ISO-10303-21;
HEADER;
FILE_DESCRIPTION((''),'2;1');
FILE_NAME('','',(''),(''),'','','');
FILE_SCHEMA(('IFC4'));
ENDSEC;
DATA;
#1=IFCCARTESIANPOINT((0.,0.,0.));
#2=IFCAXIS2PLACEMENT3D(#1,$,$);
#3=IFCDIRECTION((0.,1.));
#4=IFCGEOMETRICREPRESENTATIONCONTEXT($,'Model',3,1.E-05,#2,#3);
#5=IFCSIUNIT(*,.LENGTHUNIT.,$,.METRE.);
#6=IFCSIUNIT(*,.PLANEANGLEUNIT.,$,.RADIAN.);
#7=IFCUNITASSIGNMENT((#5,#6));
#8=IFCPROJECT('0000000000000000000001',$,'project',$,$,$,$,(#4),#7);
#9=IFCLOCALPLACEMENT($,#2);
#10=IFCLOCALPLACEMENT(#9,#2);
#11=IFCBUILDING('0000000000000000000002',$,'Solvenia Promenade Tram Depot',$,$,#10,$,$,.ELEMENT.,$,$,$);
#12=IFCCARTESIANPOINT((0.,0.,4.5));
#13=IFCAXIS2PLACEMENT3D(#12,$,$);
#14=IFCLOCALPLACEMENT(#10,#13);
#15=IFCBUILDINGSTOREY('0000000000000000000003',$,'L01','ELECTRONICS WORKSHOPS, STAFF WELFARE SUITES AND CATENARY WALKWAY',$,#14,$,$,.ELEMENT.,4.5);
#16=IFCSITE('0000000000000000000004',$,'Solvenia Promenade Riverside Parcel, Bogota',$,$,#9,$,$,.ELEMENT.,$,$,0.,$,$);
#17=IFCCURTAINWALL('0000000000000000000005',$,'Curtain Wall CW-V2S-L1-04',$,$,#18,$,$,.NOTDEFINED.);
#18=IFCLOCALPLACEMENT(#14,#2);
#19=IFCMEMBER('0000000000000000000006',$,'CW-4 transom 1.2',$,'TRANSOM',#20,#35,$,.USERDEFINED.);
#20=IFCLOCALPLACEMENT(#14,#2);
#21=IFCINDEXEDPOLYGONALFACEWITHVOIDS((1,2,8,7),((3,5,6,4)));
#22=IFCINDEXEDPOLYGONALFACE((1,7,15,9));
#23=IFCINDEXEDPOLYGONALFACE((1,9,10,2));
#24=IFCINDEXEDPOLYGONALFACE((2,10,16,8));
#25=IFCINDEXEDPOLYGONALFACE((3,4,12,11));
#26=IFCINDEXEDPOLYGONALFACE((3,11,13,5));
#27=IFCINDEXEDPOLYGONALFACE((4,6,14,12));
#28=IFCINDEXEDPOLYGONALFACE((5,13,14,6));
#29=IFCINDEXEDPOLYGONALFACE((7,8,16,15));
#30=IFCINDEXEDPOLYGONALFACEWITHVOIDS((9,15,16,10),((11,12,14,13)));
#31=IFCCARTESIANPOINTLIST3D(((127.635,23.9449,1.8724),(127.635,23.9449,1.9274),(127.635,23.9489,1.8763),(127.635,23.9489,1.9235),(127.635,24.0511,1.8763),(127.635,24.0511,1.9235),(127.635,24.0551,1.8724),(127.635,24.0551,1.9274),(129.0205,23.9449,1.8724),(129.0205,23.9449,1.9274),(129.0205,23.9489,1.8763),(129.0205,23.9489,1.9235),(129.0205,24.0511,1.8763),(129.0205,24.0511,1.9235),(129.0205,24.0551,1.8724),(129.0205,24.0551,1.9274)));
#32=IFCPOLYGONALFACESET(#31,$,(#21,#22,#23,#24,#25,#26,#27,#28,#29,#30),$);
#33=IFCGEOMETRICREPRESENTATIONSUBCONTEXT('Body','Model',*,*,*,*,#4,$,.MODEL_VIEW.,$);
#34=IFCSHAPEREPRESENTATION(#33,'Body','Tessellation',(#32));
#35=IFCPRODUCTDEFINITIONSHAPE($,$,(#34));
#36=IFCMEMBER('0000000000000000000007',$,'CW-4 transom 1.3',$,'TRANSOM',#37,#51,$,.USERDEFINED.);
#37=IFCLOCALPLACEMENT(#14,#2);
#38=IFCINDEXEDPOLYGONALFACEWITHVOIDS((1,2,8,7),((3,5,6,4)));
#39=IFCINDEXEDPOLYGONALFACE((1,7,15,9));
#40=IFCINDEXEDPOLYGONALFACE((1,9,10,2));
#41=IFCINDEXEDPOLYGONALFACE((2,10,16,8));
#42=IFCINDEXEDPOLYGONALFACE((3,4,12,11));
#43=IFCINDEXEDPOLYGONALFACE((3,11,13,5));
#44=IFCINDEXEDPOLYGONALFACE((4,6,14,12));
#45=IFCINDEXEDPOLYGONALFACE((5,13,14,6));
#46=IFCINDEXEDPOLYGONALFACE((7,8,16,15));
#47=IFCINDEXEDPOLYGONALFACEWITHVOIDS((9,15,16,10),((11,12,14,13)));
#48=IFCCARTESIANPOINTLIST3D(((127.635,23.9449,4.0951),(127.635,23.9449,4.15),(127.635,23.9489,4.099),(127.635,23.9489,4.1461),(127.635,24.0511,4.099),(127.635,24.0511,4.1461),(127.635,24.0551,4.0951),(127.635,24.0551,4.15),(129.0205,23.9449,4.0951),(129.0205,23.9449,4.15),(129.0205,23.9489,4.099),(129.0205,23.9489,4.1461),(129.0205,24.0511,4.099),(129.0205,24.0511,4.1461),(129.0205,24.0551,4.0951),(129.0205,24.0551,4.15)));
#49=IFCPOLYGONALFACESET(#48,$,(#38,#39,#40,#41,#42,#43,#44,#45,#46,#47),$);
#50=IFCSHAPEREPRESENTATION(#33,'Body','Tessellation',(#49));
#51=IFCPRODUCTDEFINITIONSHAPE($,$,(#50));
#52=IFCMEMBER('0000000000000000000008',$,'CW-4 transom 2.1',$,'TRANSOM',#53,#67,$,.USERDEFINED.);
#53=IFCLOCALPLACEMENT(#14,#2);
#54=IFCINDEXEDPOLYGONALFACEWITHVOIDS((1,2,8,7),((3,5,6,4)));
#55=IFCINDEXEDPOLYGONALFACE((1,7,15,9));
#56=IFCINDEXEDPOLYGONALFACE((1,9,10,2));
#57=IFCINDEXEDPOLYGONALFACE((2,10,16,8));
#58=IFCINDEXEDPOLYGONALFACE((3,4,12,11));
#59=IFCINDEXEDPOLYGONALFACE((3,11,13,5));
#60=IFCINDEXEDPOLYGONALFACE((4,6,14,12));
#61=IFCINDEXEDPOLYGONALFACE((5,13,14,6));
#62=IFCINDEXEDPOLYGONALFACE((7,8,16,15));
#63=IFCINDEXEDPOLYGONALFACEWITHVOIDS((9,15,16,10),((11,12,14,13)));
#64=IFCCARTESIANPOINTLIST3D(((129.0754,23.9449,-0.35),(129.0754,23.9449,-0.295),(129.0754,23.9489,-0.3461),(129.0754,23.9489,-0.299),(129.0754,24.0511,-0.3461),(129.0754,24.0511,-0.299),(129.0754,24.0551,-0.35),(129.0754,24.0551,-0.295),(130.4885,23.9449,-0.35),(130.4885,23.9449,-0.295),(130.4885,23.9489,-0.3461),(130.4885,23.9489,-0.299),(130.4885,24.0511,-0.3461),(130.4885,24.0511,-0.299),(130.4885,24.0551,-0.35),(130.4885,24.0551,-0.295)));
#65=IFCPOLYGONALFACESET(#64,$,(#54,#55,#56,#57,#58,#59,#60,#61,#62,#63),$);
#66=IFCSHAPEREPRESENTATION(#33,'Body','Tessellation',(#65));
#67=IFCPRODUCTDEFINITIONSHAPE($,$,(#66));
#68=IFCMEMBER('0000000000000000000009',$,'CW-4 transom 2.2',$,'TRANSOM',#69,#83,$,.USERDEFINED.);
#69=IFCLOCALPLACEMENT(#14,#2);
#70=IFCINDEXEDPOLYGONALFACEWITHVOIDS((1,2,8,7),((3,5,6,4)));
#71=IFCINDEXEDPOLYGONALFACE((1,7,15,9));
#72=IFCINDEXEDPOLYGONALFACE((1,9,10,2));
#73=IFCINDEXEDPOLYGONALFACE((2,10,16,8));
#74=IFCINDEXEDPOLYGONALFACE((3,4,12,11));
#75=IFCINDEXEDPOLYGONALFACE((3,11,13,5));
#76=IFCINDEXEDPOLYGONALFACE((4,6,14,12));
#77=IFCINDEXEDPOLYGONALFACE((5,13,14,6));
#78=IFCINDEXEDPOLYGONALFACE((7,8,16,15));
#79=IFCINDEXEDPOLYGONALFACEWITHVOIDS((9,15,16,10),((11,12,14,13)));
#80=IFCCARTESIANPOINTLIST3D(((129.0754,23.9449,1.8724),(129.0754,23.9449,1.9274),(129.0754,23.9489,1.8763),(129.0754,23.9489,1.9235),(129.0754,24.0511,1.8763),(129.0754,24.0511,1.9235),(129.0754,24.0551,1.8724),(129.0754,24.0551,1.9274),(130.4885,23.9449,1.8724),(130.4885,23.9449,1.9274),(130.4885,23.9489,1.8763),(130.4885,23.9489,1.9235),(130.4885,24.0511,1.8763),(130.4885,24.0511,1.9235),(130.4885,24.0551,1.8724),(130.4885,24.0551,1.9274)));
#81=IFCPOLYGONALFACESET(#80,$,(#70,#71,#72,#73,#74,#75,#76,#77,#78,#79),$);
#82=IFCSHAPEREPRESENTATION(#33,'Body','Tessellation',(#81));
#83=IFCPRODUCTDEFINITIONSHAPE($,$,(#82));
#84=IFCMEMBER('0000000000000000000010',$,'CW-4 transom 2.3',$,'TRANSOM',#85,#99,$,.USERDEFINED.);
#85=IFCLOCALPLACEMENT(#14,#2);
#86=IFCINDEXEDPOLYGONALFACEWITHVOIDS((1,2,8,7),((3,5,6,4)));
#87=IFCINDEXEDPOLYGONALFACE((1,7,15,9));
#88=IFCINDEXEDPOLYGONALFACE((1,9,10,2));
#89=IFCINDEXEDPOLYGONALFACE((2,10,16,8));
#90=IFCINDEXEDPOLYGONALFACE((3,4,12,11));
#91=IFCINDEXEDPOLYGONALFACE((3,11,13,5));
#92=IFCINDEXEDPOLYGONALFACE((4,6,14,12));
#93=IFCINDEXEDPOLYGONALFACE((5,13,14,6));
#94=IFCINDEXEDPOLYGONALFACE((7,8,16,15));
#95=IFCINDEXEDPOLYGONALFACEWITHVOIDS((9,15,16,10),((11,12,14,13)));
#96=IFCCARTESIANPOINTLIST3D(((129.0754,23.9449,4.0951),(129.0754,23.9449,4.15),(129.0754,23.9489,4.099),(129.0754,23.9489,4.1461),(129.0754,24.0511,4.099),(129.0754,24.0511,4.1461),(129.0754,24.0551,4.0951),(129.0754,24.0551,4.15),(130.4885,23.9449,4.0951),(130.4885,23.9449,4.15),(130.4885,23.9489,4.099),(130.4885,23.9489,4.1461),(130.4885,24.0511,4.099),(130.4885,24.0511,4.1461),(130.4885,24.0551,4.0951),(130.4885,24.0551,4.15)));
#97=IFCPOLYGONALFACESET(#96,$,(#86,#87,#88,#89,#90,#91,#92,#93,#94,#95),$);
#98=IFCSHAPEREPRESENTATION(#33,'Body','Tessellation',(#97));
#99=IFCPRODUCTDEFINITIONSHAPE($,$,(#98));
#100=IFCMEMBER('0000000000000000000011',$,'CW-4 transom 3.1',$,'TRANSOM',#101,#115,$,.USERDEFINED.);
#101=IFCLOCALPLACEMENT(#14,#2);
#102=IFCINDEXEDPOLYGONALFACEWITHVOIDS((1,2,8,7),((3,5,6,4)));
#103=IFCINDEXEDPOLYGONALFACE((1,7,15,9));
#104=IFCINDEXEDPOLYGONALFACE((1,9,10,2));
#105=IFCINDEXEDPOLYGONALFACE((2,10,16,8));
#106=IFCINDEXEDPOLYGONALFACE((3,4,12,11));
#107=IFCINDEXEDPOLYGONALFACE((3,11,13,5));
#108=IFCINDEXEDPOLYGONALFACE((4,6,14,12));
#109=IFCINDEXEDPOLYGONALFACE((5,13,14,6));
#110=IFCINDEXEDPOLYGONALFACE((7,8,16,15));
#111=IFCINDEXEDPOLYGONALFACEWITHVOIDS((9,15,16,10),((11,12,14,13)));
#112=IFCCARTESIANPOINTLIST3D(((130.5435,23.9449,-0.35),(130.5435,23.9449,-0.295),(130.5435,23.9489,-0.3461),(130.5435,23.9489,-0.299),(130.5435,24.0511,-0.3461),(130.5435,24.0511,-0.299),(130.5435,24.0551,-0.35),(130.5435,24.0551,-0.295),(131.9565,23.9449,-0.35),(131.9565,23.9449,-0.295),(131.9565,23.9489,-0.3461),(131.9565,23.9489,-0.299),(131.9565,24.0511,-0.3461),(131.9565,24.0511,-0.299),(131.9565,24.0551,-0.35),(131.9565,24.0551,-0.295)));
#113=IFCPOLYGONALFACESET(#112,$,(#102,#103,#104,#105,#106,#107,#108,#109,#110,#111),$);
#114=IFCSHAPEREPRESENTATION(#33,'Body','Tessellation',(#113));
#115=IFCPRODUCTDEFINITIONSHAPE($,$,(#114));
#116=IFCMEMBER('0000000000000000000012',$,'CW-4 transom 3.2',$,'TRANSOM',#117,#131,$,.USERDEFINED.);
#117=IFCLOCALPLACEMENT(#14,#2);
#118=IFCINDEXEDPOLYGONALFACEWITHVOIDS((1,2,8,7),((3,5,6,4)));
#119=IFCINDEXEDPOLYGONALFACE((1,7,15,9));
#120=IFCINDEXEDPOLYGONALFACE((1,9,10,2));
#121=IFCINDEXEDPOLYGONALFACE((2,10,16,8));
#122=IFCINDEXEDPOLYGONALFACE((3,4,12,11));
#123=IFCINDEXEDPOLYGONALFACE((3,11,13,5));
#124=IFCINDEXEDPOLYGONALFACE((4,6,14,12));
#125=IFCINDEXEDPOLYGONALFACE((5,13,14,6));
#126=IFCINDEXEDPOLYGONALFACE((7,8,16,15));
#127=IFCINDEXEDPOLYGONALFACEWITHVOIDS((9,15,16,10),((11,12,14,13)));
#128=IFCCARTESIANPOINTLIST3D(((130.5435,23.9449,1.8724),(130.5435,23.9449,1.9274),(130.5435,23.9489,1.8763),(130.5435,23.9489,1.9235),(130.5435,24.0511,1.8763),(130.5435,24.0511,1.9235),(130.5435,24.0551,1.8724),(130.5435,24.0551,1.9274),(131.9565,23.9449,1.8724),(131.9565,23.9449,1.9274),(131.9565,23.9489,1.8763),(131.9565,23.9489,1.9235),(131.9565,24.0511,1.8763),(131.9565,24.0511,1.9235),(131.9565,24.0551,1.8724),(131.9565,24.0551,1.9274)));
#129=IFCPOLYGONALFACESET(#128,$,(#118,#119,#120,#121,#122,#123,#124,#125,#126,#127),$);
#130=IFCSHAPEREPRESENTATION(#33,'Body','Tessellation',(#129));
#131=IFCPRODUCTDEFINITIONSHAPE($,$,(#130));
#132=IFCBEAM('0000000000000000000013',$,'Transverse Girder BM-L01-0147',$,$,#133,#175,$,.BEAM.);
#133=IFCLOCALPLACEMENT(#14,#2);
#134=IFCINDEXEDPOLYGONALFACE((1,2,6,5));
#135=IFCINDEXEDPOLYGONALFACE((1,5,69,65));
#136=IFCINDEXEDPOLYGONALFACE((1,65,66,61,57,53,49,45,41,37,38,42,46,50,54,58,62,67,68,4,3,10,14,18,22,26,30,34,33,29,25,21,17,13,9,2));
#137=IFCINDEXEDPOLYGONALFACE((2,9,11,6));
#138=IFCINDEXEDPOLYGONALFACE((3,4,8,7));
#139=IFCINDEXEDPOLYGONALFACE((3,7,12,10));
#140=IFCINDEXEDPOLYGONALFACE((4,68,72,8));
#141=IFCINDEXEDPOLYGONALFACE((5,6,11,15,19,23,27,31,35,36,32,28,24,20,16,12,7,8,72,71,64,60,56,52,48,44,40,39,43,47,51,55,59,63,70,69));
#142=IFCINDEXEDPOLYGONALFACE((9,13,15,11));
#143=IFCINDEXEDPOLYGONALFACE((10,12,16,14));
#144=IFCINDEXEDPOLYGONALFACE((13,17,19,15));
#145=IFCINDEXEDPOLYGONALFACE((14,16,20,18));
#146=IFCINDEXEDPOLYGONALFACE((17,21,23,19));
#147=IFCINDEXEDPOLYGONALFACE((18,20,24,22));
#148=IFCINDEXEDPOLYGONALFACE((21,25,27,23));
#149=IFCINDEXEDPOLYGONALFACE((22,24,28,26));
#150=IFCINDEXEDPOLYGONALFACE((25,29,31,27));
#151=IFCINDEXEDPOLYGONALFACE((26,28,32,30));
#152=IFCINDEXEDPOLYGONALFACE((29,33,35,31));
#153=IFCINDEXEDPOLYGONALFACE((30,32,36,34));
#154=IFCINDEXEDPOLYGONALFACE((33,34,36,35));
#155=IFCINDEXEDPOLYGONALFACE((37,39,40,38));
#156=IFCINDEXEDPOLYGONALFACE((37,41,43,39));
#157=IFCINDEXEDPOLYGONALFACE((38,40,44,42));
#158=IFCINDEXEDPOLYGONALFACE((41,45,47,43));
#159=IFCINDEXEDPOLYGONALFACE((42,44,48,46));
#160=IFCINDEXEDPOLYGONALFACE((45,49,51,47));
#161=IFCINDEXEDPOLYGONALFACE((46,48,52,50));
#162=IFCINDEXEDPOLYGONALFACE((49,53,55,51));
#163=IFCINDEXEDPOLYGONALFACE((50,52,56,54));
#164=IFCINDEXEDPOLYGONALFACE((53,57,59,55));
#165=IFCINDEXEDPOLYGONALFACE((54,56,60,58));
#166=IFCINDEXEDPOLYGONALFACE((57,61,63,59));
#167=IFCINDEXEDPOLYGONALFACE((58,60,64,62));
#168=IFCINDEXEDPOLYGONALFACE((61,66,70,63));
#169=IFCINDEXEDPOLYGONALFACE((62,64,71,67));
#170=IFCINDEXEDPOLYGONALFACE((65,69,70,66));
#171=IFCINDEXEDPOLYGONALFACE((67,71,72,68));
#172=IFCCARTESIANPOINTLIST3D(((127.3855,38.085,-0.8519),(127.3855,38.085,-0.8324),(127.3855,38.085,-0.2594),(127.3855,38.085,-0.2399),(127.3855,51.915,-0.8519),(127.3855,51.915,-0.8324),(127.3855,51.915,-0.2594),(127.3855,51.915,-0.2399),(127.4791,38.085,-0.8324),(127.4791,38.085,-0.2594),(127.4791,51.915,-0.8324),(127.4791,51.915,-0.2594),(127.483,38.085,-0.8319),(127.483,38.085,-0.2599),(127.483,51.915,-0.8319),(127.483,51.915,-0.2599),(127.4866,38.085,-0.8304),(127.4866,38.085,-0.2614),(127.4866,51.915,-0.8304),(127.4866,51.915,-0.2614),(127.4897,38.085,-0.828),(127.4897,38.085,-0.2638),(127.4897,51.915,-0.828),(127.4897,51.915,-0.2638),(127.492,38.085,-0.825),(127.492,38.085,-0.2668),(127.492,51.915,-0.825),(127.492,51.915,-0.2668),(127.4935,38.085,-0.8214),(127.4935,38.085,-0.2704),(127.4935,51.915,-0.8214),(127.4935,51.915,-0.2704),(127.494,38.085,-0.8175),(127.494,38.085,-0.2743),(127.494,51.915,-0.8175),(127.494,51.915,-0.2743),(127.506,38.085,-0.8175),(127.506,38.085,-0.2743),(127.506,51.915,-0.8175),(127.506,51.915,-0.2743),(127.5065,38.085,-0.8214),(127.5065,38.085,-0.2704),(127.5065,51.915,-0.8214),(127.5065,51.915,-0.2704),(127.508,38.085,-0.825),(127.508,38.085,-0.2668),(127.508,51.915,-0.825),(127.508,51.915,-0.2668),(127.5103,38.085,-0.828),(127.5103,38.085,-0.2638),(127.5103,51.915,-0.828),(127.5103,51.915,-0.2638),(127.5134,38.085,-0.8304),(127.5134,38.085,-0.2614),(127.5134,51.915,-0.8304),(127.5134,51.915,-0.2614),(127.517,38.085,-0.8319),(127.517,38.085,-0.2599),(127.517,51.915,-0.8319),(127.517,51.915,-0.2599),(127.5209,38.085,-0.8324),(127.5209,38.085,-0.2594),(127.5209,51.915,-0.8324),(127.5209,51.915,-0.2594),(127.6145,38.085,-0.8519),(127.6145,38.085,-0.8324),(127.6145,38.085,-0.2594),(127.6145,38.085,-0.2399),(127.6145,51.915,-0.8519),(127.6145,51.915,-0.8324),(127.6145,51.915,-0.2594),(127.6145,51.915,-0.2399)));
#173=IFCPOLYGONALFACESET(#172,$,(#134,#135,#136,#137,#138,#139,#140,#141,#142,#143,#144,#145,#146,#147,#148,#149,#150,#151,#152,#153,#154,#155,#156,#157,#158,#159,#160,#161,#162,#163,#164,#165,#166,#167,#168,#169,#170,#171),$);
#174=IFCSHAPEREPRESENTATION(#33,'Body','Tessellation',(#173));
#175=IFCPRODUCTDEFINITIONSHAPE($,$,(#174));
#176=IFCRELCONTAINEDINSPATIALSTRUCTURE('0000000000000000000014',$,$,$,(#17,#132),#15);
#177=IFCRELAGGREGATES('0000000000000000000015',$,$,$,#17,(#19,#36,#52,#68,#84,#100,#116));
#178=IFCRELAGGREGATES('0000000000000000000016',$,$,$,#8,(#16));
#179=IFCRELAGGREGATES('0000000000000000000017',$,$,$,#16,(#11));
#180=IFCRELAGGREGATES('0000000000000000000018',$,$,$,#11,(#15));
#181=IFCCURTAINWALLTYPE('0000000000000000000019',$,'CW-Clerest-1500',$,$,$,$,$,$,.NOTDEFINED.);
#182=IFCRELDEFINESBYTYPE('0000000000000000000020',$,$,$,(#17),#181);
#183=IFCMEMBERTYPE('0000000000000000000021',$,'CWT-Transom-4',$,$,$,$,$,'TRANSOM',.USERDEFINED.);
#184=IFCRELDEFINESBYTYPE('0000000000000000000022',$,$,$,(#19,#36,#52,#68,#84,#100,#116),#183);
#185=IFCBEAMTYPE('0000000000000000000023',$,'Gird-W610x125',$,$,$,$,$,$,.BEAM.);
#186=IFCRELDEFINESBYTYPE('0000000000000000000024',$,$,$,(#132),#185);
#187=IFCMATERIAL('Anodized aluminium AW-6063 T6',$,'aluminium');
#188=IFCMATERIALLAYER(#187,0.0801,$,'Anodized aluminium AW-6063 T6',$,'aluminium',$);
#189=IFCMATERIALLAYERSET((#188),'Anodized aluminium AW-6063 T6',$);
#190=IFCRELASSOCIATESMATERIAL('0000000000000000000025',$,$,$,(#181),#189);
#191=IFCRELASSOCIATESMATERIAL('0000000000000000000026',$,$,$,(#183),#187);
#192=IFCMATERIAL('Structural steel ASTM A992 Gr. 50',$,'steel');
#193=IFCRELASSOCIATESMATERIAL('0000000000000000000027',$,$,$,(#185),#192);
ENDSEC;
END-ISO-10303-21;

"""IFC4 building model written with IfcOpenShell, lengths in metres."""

from ifc_helpers import new_model, si_unit, direction, frame, origin, origin_2d, place, context, subcontext, project, spatial, hollow_rectangle, i_section, extrude, material, layer, layer_set, material_profile, profile_set, type_object, element, aggregate, save


model = new_model("IFC4")

# Units and contexts
model_context = context("Model", 3, precision=1e-05, world=origin(), true_north=direction((0.0, 1.0)))
body_context = subcontext(model_context, "Body", "Model", "MODEL_VIEW")
ifc_project = project(units=[si_unit("LENGTHUNIT", "METRE"), si_unit("PLANEANGLEUNIT", "RADIAN")], contexts=[model_context])

# Site, building, storey
site_placement = place(None, origin())
site = spatial("IfcSite", under=ifc_project, at=site_placement, Name="Solvenia Promenade Riverside Parcel, Bogota", CompositionType="ELEMENT", RefElevation=0.0)
building_placement = place(site_placement, origin())
building = spatial("IfcBuilding", under=site, at=building_placement, Name="Solvenia Promenade Tram Depot", CompositionType="ELEMENT")
storey_placement = place(building_placement, frame((0.0, 0.0, 4.5)))
storey = spatial("IfcBuildingStorey", under=building, at=storey_placement, Name="L01", Description="ELECTRONICS WORKSHOPS, STAFF WELFARE SUITES AND CATENARY WALKWAY", CompositionType="ELEMENT", Elevation=4.5)

# Shared definitions
ifc_material_1 = material(Name="Structural steel ASTM A992 Gr. 50", Category="steel")

# Shared definitions
ifc_material_2 = material(Name="Anodized aluminium AW-6063 T6", Category="aluminium")
ifc_layer_1 = layer(ifc_material_2, 0.0801, Name="Anodized aluminium AW-6063 T6", Category="aluminium")
ifc_layer_set_1 = layer_set([ifc_layer_1], Name="Anodized aluminium AW-6063 T6")
curtain_wall_type = type_object("IfcCurtainWallType", Name="CW-Clerest-1500", PredefinedType="NOTDEFINED", material=ifc_layer_set_1)

# Curtain wall, members
curtain_wall_1_placement = place(storey_placement, origin())
curtain_wall_1 = element("IfcCurtainWall", 1, at=curtain_wall_1_placement, inside=storey, type_object=curtain_wall_type, Name="Curtain Wall CW-V2S-L1-04", PredefinedType="NOTDEFINED")
ifc_material_profile_1 = material_profile(ifc_material_2, hollow_rectangle(XDim=0.1101, YDim=0.0549, WallThickness=0.0039, at=origin_2d()), Name="ALU-T4", Category="aluminium")
ifc_profile_set_1 = profile_set([ifc_material_profile_1], Name="Anodized aluminium AW-6063 T6")
member_type_1 = type_object("IfcMemberType", Name="CWT-Transom-4", ElementType="TRANSOM", PredefinedType="USERDEFINED", material=ifc_profile_set_1)
member_1_placement = place(storey_placement, frame((127.635, 24.0, 1.8999), z_axis=(1.0, 0.0, 0.0), x_axis=(0.0, 1.0, 0.0)))
member_1 = element("IfcMember", 2, at=member_1_placement, type_object=member_type_1, Name="CW-4 transom 1.2", ObjectType="TRANSOM", PredefinedType="USERDEFINED", context=body_context, shape_type="SweptSolid", body=[
    extrude(hollow_rectangle(XDim=0.1101, YDim=0.0549, WallThickness=0.0039, at=origin_2d()), origin(), (0.0, 0.0, 1.0), 1.3855),
])
member_2_placement = place(storey_placement, frame((127.635, 24.0, 4.1226), z_axis=(1.0, 0.0, 0.0), x_axis=(0.0, 1.0, 0.0)))
member_2 = element("IfcMember", 3, at=member_2_placement, type_object=member_type_1, Name="CW-4 transom 1.3", ObjectType="TRANSOM", PredefinedType="USERDEFINED", context=body_context, shape_type="SweptSolid", body=[
    extrude(hollow_rectangle(XDim=0.1101, YDim=0.0549, WallThickness=0.0039, at=origin_2d()), origin(), (0.0, 0.0, 1.0), 1.3855),
])
member_3_placement = place(storey_placement, frame((129.0754, 24.0, -0.3225), z_axis=(1.0, 0.0, 0.0), x_axis=(0.0, 1.0, 0.0)))
member_3 = element("IfcMember", 4, at=member_3_placement, type_object=member_type_1, Name="CW-4 transom 2.1", ObjectType="TRANSOM", PredefinedType="USERDEFINED", context=body_context, shape_type="SweptSolid", body=[
    extrude(hollow_rectangle(XDim=0.1101, YDim=0.0549, WallThickness=0.0039, at=origin_2d()), origin(), (0.0, 0.0, 1.0), 1.4131),
])
member_4_placement = place(storey_placement, frame((129.0754, 24.0, 1.8999), z_axis=(1.0, 0.0, 0.0), x_axis=(0.0, 1.0, 0.0)))
member_4 = element("IfcMember", 5, at=member_4_placement, type_object=member_type_1, Name="CW-4 transom 2.2", ObjectType="TRANSOM", PredefinedType="USERDEFINED", context=body_context, shape_type="SweptSolid", body=[
    extrude(hollow_rectangle(XDim=0.1101, YDim=0.0549, WallThickness=0.0039, at=origin_2d()), origin(), (0.0, 0.0, 1.0), 1.4131),
])
member_5_placement = place(storey_placement, frame((129.0754, 24.0, 4.1226), z_axis=(1.0, 0.0, 0.0), x_axis=(0.0, 1.0, 0.0)))
member_5 = element("IfcMember", 6, at=member_5_placement, type_object=member_type_1, Name="CW-4 transom 2.3", ObjectType="TRANSOM", PredefinedType="USERDEFINED", context=body_context, shape_type="SweptSolid", body=[
    extrude(hollow_rectangle(XDim=0.1101, YDim=0.0549, WallThickness=0.0039, at=origin_2d()), origin(), (0.0, 0.0, 1.0), 1.4131),
])
member_6_placement = place(storey_placement, frame((130.5435, 24.0, -0.3225), z_axis=(1.0, 0.0, 0.0), x_axis=(0.0, 1.0, 0.0)))
member_6 = element("IfcMember", 7, at=member_6_placement, type_object=member_type_1, Name="CW-4 transom 3.1", ObjectType="TRANSOM", PredefinedType="USERDEFINED", context=body_context, shape_type="SweptSolid", body=[
    extrude(hollow_rectangle(XDim=0.1101, YDim=0.0549, WallThickness=0.0039, at=origin_2d()), origin(), (0.0, 0.0, 1.0), 1.4131),
])
member_7_placement = place(storey_placement, frame((130.5435, 24.0, 1.8999), z_axis=(1.0, 0.0, 0.0), x_axis=(0.0, 1.0, 0.0)))
member_7 = element("IfcMember", 8, at=member_7_placement, type_object=member_type_1, Name="CW-4 transom 3.2", ObjectType="TRANSOM", PredefinedType="USERDEFINED", context=body_context, shape_type="SweptSolid", body=[
    extrude(hollow_rectangle(XDim=0.1101, YDim=0.0549, WallThickness=0.0039, at=origin_2d()), origin(), (0.0, 0.0, 1.0), 1.4131),
])

# Beam
ifc_material_profile_2 = material_profile(ifc_material_1, i_section(OverallWidth=0.229, OverallDepth=0.6121, WebThickness=0.012, FlangeThickness=0.0195, FilletRadius=0.0149, at=origin_2d()), Name="W610x125", Category="steel")
ifc_profile_set_2 = profile_set([ifc_material_profile_2], Name="Structural steel ASTM A992 Gr. 50")
beam_type_1 = type_object("IfcBeamType", Name="Gird-W610x125", PredefinedType="BEAM", material=ifc_profile_set_2)
for number, where, z_axis, x_axis, name in (
    (9, (127.5, 38.085, -0.5459), (0.0, 1.0, 0.0), (-1.0, 0.0, 0.0), "Transverse Girder BM-L01-0147"),
):
    element("IfcBeam", number, at=place(storey_placement, frame(where, z_axis=z_axis, x_axis=x_axis)), inside=storey, type_object=beam_type_1, Name=name, PredefinedType="BEAM", context=body_context, shape_type="SweptSolid", body=[
        extrude(i_section(OverallWidth=0.229, OverallDepth=0.6121, WebThickness=0.012, FlangeThickness=0.0195, FilletRadius=0.0149, at=origin_2d()), origin(), (0.0, 0.0, 1.0), 13.8301),
    ])

aggregate(curtain_wall_1, [member_1, member_2, member_3, member_4, member_5, member_6, member_7])

save(model, "model.ifc")
